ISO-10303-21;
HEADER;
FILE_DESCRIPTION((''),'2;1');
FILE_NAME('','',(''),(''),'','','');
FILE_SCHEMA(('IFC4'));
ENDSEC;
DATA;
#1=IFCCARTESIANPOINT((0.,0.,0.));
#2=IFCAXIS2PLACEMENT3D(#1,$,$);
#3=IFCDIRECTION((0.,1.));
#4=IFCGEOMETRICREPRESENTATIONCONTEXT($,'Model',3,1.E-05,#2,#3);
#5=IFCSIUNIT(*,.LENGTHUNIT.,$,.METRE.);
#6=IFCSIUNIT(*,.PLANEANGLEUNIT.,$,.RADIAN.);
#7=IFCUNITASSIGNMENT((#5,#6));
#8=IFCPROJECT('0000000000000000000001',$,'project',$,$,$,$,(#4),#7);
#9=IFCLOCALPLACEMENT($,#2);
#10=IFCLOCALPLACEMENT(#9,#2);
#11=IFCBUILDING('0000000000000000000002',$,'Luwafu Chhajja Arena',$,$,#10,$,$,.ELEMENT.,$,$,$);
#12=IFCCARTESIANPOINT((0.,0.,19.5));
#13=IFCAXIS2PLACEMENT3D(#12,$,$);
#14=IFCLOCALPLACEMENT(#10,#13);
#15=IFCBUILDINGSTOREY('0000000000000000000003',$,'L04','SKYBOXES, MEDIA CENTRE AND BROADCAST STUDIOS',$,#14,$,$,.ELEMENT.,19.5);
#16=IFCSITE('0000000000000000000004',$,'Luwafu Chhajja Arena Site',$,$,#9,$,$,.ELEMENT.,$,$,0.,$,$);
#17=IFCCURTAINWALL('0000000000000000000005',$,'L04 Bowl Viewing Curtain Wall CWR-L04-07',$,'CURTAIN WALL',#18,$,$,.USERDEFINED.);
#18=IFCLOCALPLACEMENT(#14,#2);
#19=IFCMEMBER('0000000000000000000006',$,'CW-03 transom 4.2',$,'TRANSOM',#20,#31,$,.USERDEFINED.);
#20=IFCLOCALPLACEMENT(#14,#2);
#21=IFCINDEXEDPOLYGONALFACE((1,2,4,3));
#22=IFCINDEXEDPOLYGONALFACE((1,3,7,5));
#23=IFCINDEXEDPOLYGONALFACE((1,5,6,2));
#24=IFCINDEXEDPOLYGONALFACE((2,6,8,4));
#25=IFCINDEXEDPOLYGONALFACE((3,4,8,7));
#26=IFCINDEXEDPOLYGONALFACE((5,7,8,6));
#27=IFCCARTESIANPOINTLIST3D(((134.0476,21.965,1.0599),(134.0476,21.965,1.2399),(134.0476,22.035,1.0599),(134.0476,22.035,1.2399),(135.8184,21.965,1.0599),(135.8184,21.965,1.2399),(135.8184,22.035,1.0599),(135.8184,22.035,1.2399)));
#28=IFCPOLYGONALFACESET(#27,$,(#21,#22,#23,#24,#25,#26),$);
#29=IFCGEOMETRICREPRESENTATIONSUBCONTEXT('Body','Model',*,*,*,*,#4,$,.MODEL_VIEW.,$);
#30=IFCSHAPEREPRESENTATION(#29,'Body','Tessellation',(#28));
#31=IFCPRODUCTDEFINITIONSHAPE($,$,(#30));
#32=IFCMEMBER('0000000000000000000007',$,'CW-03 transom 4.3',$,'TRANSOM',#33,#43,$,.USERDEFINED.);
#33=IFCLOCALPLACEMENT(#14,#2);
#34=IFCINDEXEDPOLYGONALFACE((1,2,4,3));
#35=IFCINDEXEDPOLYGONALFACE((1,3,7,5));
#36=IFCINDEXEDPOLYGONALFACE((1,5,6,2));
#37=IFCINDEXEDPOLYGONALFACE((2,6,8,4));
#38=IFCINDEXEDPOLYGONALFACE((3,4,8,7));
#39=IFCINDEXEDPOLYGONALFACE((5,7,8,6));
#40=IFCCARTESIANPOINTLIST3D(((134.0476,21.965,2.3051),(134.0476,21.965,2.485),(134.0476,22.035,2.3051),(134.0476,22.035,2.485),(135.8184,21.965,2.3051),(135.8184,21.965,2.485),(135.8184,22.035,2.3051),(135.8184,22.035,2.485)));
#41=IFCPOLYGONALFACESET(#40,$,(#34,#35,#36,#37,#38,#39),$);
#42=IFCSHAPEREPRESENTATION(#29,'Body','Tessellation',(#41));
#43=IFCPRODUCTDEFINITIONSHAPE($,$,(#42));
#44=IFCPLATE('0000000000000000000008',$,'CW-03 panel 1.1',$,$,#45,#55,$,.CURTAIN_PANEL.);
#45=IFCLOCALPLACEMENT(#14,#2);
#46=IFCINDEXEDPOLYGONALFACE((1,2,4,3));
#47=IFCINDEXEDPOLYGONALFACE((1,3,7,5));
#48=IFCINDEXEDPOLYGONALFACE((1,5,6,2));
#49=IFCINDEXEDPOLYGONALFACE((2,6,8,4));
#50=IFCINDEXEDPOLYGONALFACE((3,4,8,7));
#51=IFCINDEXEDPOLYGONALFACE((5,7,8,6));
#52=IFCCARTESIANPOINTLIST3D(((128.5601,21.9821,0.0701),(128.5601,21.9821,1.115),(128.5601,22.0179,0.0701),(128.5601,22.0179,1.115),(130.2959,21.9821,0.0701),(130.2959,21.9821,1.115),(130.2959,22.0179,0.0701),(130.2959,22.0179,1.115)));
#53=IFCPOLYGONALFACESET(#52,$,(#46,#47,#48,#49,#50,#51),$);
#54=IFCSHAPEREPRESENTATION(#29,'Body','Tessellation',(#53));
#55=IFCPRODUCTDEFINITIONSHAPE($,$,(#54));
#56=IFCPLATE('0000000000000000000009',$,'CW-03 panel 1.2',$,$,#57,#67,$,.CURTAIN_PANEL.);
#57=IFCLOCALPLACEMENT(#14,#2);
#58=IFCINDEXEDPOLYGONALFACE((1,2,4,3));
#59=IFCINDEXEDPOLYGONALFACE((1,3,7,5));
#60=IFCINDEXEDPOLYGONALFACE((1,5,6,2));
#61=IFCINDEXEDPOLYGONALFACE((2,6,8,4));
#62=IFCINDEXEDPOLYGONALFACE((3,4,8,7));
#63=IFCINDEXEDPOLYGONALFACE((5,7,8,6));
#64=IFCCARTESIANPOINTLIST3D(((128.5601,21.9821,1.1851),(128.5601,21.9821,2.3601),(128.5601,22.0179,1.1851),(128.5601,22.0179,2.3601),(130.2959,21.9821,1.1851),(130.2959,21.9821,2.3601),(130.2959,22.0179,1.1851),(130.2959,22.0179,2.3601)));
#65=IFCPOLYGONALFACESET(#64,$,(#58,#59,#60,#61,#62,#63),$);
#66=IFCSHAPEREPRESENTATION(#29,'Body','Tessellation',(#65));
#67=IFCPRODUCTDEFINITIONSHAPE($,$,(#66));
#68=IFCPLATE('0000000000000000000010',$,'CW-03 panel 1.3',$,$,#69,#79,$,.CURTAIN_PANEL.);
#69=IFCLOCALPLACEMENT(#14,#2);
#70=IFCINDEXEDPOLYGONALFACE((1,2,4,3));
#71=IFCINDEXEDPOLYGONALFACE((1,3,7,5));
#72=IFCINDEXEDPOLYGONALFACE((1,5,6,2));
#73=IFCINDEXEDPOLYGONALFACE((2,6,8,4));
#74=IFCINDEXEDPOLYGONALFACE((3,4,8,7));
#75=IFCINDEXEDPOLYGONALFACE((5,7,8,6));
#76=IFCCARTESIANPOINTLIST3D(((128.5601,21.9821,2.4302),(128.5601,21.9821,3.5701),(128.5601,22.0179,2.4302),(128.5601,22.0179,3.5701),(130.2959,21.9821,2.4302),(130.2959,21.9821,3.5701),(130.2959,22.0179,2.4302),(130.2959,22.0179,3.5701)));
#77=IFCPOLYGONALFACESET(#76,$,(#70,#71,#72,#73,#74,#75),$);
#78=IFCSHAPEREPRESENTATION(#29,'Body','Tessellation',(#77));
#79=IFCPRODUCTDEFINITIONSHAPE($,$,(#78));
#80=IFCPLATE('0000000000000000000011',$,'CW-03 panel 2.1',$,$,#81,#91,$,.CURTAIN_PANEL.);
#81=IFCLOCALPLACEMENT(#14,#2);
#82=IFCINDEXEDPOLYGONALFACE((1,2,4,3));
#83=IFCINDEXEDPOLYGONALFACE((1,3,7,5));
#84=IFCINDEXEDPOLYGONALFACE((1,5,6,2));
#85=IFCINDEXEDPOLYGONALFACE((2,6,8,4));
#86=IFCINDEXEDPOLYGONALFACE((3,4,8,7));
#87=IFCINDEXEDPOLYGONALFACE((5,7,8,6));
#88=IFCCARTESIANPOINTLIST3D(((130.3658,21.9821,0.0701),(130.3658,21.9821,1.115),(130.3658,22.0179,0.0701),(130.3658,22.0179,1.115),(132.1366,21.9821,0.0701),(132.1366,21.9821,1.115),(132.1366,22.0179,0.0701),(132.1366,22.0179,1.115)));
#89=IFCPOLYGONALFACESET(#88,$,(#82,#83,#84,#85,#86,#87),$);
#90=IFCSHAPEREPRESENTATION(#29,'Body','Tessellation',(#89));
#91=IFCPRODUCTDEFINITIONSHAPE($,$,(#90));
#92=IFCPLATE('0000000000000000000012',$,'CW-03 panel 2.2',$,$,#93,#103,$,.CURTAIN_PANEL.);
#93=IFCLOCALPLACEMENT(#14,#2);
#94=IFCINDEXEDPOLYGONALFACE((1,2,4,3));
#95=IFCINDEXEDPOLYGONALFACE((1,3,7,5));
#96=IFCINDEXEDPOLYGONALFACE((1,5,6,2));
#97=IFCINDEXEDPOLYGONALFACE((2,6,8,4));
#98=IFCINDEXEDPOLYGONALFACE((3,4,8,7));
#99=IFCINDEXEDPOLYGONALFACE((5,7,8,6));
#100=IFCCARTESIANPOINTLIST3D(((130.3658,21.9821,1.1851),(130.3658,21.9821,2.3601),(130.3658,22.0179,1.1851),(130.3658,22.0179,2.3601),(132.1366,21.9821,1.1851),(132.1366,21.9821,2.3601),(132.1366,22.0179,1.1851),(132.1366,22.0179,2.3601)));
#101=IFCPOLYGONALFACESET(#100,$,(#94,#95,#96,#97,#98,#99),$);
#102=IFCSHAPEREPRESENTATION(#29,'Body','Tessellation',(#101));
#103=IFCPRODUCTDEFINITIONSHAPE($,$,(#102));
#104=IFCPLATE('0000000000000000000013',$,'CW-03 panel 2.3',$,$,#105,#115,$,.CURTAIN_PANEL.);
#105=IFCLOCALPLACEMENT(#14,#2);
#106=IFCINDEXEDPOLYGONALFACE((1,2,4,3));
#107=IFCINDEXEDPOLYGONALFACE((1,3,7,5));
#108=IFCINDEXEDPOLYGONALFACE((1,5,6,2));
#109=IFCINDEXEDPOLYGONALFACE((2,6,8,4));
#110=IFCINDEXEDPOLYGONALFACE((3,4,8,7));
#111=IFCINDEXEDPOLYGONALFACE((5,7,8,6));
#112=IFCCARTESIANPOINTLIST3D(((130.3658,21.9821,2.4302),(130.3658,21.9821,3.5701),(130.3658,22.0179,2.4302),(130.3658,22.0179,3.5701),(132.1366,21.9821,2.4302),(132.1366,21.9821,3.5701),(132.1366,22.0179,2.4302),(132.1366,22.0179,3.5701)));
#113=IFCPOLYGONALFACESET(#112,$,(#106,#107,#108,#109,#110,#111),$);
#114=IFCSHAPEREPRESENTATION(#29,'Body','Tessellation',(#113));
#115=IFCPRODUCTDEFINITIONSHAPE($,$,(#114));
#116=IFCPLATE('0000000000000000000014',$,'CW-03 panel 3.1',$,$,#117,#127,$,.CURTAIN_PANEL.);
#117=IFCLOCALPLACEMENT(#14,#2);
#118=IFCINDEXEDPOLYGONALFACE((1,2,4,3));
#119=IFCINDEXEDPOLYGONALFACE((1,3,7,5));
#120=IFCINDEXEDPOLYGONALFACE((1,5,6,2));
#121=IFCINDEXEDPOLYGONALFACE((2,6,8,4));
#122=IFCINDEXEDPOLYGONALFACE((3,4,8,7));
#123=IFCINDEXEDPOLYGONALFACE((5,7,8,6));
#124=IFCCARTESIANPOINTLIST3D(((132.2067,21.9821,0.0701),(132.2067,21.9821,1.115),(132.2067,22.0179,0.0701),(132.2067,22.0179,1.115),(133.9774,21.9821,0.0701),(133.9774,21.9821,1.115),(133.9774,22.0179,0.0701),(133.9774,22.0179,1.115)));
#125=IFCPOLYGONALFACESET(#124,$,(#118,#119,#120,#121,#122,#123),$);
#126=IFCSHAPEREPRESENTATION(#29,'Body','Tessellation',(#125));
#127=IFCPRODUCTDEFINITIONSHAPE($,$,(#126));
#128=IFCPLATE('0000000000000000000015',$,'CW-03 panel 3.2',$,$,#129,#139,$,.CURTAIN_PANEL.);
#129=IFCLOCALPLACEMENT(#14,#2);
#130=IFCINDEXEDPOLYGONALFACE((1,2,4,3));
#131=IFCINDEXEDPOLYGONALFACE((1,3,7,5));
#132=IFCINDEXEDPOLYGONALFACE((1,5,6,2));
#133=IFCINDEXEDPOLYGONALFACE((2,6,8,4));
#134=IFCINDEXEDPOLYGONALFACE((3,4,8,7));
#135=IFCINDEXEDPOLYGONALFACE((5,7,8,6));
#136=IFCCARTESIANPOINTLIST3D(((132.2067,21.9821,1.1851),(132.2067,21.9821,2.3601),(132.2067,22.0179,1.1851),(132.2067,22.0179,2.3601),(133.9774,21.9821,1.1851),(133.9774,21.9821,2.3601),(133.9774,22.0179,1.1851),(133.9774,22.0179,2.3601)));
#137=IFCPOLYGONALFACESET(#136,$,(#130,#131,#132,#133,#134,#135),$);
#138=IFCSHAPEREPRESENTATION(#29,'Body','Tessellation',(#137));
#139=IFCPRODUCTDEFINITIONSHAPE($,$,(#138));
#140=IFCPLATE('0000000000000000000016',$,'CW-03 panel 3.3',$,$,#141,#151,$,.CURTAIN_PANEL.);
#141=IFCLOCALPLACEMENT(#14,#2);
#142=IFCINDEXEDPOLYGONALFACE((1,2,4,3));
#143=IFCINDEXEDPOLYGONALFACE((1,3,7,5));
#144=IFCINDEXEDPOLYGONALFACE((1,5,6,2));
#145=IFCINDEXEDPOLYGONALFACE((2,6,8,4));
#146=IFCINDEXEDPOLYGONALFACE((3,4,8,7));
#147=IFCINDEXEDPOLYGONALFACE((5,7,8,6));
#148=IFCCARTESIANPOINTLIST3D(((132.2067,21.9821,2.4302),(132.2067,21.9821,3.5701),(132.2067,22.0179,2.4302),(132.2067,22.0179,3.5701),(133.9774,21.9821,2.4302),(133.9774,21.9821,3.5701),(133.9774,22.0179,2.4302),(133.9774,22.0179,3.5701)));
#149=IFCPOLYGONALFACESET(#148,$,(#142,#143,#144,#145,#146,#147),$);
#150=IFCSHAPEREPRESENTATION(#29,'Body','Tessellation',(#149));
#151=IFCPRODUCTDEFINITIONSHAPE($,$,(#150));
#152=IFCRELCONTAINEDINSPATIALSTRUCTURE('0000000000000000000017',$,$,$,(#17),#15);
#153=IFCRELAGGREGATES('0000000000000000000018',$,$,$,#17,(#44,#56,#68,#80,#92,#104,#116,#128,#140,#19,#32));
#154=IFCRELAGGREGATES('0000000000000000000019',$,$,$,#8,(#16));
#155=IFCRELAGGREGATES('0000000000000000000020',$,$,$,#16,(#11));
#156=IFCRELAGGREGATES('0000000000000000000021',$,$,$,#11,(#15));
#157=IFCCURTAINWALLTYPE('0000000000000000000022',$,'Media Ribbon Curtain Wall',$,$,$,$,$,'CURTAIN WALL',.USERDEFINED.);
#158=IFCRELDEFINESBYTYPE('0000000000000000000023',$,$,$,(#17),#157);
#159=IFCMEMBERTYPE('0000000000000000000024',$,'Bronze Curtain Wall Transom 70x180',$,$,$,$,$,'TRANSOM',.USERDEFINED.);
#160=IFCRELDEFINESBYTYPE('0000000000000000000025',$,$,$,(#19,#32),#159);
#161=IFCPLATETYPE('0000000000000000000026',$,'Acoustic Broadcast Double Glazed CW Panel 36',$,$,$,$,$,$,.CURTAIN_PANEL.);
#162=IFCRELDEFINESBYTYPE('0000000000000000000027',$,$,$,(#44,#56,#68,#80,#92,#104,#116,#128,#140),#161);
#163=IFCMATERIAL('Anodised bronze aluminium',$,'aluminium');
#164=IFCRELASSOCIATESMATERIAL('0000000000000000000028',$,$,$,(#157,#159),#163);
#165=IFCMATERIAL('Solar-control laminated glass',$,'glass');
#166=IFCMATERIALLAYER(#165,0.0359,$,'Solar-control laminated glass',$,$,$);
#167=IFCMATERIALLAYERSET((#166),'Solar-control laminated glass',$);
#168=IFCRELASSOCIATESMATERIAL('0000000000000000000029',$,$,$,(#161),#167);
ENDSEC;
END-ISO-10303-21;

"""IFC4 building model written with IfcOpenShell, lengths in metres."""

from ifc_helpers import new_model, si_unit, direction, frame, origin, origin_2d, place, context, subcontext, project, spatial, rectangle, extrude, material, layer, layer_set, material_profile, profile_set, type_object, element, aggregate, save


model = new_model("IFC4")

# Units and contexts
model_context = context("Model", 3, precision=1e-05, world=origin(), true_north=direction((0.0, 1.0)))
body_context = subcontext(model_context, "Body", "Model", "MODEL_VIEW")
ifc_project = project(units=[si_unit("LENGTHUNIT", "METRE"), si_unit("PLANEANGLEUNIT", "RADIAN")], contexts=[model_context])

# Site, building, storey
site_placement = place(None, origin())
site = spatial("IfcSite", under=ifc_project, at=site_placement, Name="Luwafu Chhajja Arena Site", CompositionType="ELEMENT", RefElevation=0.0)
building_placement = place(site_placement, origin())
building = spatial("IfcBuilding", under=site, at=building_placement, Name="Luwafu Chhajja Arena", CompositionType="ELEMENT")
storey_placement = place(building_placement, frame((0.0, 0.0, 19.5)))
storey = spatial("IfcBuildingStorey", under=building, at=storey_placement, Name="L04", Description="SKYBOXES, MEDIA CENTRE AND BROADCAST STUDIOS", CompositionType="ELEMENT", Elevation=19.5)

# Curtain wall, members, plates
ifc_material_1 = material(Name="Anodised bronze aluminium", Category="aluminium")
curtain_wall_type = type_object("IfcCurtainWallType", Name="Media Ribbon Curtain Wall", ElementType="CURTAIN WALL", PredefinedType="USERDEFINED", material=ifc_material_1)
curtain_wall_placement = place(storey_placement, origin())
curtain_wall = element("IfcCurtainWall", 1, at=curtain_wall_placement, inside=storey, type_object=curtain_wall_type, Name="L04 Bowl Viewing Curtain Wall CWR-L04-07", ObjectType="CURTAIN WALL", PredefinedType="USERDEFINED")
ifc_material_profile_1 = material_profile(ifc_material_1, rectangle(XDim=0.0701, YDim=0.1799, at=origin_2d()), Name="CWT 70x180")
ifc_profile_set_1 = profile_set([ifc_material_profile_1], Name="Anodised bronze aluminium")
member_type_1 = type_object("IfcMemberType", Name="Bronze Curtain Wall Transom 70x180", ElementType="TRANSOM", PredefinedType="USERDEFINED", material=ifc_profile_set_1)
member_1_placement = place(storey_placement, frame((134.0476, 22.0, 1.1499), z_axis=(1.0, 0.0, 0.0), x_axis=(0.0, 1.0, 0.0)))
member_1 = element("IfcMember", 2, at=member_1_placement, type_object=member_type_1, Name="CW-03 transom 4.2", ObjectType="TRANSOM", PredefinedType="USERDEFINED", context=body_context, shape_type="SweptSolid", body=[
    extrude(rectangle(XDim=0.0701, YDim=0.1799, at=origin_2d()), origin(), (0.0, 0.0, 1.0), 1.7708),
])
member_2_placement = place(storey_placement, frame((134.0476, 22.0, 2.395), z_axis=(1.0, 0.0, 0.0), x_axis=(0.0, 1.0, 0.0)))
member_2 = element("IfcMember", 3, at=member_2_placement, type_object=member_type_1, Name="CW-03 transom 4.3", ObjectType="TRANSOM", PredefinedType="USERDEFINED", context=body_context, shape_type="SweptSolid", body=[
    extrude(rectangle(XDim=0.0701, YDim=0.1799, at=origin_2d()), origin(), (0.0, 0.0, 1.0), 1.7708),
])
ifc_material_2 = material(Name="Solar-control laminated glass", Category="glass")
ifc_layer = layer(ifc_material_2, 0.0359, Name="Solar-control laminated glass")
ifc_layer_set = layer_set([ifc_layer], Name="Solar-control laminated glass")
plate_type = type_object("IfcPlateType", Name="Acoustic Broadcast Double Glazed CW Panel 36", PredefinedType="CURTAIN_PANEL", material=ifc_layer_set)
plate_1_placement = place(storey_placement, frame((129.428, 22.0, 0.0701), z_axis=(0.0, 0.0, 1.0), x_axis=(1.0, 0.0, 0.0)))
plate_1 = element("IfcPlate", 4, at=plate_1_placement, type_object=plate_type, Name="CW-03 panel 1.1", PredefinedType="CURTAIN_PANEL", context=body_context, shape_type="SweptSolid", body=[
    extrude(rectangle(XDim=1.7358, YDim=0.0359, at=origin_2d()), origin(), (0.0, 0.0, 1.0), 1.0449),
])
plate_2_placement = place(storey_placement, frame((129.428, 22.0, 1.1851), z_axis=(0.0, 0.0, 1.0), x_axis=(1.0, 0.0, 0.0)))
plate_2 = element("IfcPlate", 5, at=plate_2_placement, type_object=plate_type, Name="CW-03 panel 1.2", PredefinedType="CURTAIN_PANEL", context=body_context, shape_type="SweptSolid", body=[
    extrude(rectangle(XDim=1.7358, YDim=0.0359, at=origin_2d()), origin(), (0.0, 0.0, 1.0), 1.175),
])
plate_3_placement = place(storey_placement, frame((129.428, 22.0, 2.4302), z_axis=(0.0, 0.0, 1.0), x_axis=(1.0, 0.0, 0.0)))
plate_3 = element("IfcPlate", 6, at=plate_3_placement, type_object=plate_type, Name="CW-03 panel 1.3", PredefinedType="CURTAIN_PANEL", context=body_context, shape_type="SweptSolid", body=[
    extrude(rectangle(XDim=1.7358, YDim=0.0359, at=origin_2d()), origin(), (0.0, 0.0, 1.0), 1.1399),
])
plate_4_placement = place(storey_placement, frame((131.2512, 22.0, 0.0701), z_axis=(0.0, 0.0, 1.0), x_axis=(1.0, 0.0, 0.0)))
plate_4 = element("IfcPlate", 7, at=plate_4_placement, type_object=plate_type, Name="CW-03 panel 2.1", PredefinedType="CURTAIN_PANEL", context=body_context, shape_type="SweptSolid", body=[
    extrude(rectangle(XDim=1.7708, YDim=0.0359, at=origin_2d()), origin(), (0.0, 0.0, 1.0), 1.0449),
])
plate_5_placement = place(storey_placement, frame((131.2512, 22.0, 1.1851), z_axis=(0.0, 0.0, 1.0), x_axis=(1.0, 0.0, 0.0)))
plate_5 = element("IfcPlate", 8, at=plate_5_placement, type_object=plate_type, Name="CW-03 panel 2.2", PredefinedType="CURTAIN_PANEL", context=body_context, shape_type="SweptSolid", body=[
    extrude(rectangle(XDim=1.7708, YDim=0.0359, at=origin_2d()), origin(), (0.0, 0.0, 1.0), 1.175),
])
plate_6_placement = place(storey_placement, frame((131.2512, 22.0, 2.4302), z_axis=(0.0, 0.0, 1.0), x_axis=(1.0, 0.0, 0.0)))
plate_6 = element("IfcPlate", 9, at=plate_6_placement, type_object=plate_type, Name="CW-03 panel 2.3", PredefinedType="CURTAIN_PANEL", context=body_context, shape_type="SweptSolid", body=[
    extrude(rectangle(XDim=1.7708, YDim=0.0359, at=origin_2d()), origin(), (0.0, 0.0, 1.0), 1.1399),
])
plate_7_placement = place(storey_placement, frame((133.092, 22.0, 0.0701), z_axis=(0.0, 0.0, 1.0), x_axis=(1.0, 0.0, 0.0)))
plate_7 = element("IfcPlate", 10, at=plate_7_placement, type_object=plate_type, Name="CW-03 panel 3.1", PredefinedType="CURTAIN_PANEL", context=body_context, shape_type="SweptSolid", body=[
    extrude(rectangle(XDim=1.7708, YDim=0.0359, at=origin_2d()), origin(), (0.0, 0.0, 1.0), 1.0449),
])
plate_8_placement = place(storey_placement, frame((133.092, 22.0, 1.1851), z_axis=(0.0, 0.0, 1.0), x_axis=(1.0, 0.0, 0.0)))
plate_8 = element("IfcPlate", 11, at=plate_8_placement, type_object=plate_type, Name="CW-03 panel 3.2", PredefinedType="CURTAIN_PANEL", context=body_context, shape_type="SweptSolid", body=[
    extrude(rectangle(XDim=1.7708, YDim=0.0359, at=origin_2d()), origin(), (0.0, 0.0, 1.0), 1.175),
])
plate_9_placement = place(storey_placement, frame((133.092, 22.0, 2.4302), z_axis=(0.0, 0.0, 1.0), x_axis=(1.0, 0.0, 0.0)))
plate_9 = element("IfcPlate", 12, at=plate_9_placement, type_object=plate_type, Name="CW-03 panel 3.3", PredefinedType="CURTAIN_PANEL", context=body_context, shape_type="SweptSolid", body=[
    extrude(rectangle(XDim=1.7708, YDim=0.0359, at=origin_2d()), origin(), (0.0, 0.0, 1.0), 1.1399),
])
aggregate(curtain_wall, [plate_1, plate_2, plate_3, plate_4, plate_5, plate_6, plate_7, plate_8, plate_9, member_1, member_2])

save(model, "model.ifc")
